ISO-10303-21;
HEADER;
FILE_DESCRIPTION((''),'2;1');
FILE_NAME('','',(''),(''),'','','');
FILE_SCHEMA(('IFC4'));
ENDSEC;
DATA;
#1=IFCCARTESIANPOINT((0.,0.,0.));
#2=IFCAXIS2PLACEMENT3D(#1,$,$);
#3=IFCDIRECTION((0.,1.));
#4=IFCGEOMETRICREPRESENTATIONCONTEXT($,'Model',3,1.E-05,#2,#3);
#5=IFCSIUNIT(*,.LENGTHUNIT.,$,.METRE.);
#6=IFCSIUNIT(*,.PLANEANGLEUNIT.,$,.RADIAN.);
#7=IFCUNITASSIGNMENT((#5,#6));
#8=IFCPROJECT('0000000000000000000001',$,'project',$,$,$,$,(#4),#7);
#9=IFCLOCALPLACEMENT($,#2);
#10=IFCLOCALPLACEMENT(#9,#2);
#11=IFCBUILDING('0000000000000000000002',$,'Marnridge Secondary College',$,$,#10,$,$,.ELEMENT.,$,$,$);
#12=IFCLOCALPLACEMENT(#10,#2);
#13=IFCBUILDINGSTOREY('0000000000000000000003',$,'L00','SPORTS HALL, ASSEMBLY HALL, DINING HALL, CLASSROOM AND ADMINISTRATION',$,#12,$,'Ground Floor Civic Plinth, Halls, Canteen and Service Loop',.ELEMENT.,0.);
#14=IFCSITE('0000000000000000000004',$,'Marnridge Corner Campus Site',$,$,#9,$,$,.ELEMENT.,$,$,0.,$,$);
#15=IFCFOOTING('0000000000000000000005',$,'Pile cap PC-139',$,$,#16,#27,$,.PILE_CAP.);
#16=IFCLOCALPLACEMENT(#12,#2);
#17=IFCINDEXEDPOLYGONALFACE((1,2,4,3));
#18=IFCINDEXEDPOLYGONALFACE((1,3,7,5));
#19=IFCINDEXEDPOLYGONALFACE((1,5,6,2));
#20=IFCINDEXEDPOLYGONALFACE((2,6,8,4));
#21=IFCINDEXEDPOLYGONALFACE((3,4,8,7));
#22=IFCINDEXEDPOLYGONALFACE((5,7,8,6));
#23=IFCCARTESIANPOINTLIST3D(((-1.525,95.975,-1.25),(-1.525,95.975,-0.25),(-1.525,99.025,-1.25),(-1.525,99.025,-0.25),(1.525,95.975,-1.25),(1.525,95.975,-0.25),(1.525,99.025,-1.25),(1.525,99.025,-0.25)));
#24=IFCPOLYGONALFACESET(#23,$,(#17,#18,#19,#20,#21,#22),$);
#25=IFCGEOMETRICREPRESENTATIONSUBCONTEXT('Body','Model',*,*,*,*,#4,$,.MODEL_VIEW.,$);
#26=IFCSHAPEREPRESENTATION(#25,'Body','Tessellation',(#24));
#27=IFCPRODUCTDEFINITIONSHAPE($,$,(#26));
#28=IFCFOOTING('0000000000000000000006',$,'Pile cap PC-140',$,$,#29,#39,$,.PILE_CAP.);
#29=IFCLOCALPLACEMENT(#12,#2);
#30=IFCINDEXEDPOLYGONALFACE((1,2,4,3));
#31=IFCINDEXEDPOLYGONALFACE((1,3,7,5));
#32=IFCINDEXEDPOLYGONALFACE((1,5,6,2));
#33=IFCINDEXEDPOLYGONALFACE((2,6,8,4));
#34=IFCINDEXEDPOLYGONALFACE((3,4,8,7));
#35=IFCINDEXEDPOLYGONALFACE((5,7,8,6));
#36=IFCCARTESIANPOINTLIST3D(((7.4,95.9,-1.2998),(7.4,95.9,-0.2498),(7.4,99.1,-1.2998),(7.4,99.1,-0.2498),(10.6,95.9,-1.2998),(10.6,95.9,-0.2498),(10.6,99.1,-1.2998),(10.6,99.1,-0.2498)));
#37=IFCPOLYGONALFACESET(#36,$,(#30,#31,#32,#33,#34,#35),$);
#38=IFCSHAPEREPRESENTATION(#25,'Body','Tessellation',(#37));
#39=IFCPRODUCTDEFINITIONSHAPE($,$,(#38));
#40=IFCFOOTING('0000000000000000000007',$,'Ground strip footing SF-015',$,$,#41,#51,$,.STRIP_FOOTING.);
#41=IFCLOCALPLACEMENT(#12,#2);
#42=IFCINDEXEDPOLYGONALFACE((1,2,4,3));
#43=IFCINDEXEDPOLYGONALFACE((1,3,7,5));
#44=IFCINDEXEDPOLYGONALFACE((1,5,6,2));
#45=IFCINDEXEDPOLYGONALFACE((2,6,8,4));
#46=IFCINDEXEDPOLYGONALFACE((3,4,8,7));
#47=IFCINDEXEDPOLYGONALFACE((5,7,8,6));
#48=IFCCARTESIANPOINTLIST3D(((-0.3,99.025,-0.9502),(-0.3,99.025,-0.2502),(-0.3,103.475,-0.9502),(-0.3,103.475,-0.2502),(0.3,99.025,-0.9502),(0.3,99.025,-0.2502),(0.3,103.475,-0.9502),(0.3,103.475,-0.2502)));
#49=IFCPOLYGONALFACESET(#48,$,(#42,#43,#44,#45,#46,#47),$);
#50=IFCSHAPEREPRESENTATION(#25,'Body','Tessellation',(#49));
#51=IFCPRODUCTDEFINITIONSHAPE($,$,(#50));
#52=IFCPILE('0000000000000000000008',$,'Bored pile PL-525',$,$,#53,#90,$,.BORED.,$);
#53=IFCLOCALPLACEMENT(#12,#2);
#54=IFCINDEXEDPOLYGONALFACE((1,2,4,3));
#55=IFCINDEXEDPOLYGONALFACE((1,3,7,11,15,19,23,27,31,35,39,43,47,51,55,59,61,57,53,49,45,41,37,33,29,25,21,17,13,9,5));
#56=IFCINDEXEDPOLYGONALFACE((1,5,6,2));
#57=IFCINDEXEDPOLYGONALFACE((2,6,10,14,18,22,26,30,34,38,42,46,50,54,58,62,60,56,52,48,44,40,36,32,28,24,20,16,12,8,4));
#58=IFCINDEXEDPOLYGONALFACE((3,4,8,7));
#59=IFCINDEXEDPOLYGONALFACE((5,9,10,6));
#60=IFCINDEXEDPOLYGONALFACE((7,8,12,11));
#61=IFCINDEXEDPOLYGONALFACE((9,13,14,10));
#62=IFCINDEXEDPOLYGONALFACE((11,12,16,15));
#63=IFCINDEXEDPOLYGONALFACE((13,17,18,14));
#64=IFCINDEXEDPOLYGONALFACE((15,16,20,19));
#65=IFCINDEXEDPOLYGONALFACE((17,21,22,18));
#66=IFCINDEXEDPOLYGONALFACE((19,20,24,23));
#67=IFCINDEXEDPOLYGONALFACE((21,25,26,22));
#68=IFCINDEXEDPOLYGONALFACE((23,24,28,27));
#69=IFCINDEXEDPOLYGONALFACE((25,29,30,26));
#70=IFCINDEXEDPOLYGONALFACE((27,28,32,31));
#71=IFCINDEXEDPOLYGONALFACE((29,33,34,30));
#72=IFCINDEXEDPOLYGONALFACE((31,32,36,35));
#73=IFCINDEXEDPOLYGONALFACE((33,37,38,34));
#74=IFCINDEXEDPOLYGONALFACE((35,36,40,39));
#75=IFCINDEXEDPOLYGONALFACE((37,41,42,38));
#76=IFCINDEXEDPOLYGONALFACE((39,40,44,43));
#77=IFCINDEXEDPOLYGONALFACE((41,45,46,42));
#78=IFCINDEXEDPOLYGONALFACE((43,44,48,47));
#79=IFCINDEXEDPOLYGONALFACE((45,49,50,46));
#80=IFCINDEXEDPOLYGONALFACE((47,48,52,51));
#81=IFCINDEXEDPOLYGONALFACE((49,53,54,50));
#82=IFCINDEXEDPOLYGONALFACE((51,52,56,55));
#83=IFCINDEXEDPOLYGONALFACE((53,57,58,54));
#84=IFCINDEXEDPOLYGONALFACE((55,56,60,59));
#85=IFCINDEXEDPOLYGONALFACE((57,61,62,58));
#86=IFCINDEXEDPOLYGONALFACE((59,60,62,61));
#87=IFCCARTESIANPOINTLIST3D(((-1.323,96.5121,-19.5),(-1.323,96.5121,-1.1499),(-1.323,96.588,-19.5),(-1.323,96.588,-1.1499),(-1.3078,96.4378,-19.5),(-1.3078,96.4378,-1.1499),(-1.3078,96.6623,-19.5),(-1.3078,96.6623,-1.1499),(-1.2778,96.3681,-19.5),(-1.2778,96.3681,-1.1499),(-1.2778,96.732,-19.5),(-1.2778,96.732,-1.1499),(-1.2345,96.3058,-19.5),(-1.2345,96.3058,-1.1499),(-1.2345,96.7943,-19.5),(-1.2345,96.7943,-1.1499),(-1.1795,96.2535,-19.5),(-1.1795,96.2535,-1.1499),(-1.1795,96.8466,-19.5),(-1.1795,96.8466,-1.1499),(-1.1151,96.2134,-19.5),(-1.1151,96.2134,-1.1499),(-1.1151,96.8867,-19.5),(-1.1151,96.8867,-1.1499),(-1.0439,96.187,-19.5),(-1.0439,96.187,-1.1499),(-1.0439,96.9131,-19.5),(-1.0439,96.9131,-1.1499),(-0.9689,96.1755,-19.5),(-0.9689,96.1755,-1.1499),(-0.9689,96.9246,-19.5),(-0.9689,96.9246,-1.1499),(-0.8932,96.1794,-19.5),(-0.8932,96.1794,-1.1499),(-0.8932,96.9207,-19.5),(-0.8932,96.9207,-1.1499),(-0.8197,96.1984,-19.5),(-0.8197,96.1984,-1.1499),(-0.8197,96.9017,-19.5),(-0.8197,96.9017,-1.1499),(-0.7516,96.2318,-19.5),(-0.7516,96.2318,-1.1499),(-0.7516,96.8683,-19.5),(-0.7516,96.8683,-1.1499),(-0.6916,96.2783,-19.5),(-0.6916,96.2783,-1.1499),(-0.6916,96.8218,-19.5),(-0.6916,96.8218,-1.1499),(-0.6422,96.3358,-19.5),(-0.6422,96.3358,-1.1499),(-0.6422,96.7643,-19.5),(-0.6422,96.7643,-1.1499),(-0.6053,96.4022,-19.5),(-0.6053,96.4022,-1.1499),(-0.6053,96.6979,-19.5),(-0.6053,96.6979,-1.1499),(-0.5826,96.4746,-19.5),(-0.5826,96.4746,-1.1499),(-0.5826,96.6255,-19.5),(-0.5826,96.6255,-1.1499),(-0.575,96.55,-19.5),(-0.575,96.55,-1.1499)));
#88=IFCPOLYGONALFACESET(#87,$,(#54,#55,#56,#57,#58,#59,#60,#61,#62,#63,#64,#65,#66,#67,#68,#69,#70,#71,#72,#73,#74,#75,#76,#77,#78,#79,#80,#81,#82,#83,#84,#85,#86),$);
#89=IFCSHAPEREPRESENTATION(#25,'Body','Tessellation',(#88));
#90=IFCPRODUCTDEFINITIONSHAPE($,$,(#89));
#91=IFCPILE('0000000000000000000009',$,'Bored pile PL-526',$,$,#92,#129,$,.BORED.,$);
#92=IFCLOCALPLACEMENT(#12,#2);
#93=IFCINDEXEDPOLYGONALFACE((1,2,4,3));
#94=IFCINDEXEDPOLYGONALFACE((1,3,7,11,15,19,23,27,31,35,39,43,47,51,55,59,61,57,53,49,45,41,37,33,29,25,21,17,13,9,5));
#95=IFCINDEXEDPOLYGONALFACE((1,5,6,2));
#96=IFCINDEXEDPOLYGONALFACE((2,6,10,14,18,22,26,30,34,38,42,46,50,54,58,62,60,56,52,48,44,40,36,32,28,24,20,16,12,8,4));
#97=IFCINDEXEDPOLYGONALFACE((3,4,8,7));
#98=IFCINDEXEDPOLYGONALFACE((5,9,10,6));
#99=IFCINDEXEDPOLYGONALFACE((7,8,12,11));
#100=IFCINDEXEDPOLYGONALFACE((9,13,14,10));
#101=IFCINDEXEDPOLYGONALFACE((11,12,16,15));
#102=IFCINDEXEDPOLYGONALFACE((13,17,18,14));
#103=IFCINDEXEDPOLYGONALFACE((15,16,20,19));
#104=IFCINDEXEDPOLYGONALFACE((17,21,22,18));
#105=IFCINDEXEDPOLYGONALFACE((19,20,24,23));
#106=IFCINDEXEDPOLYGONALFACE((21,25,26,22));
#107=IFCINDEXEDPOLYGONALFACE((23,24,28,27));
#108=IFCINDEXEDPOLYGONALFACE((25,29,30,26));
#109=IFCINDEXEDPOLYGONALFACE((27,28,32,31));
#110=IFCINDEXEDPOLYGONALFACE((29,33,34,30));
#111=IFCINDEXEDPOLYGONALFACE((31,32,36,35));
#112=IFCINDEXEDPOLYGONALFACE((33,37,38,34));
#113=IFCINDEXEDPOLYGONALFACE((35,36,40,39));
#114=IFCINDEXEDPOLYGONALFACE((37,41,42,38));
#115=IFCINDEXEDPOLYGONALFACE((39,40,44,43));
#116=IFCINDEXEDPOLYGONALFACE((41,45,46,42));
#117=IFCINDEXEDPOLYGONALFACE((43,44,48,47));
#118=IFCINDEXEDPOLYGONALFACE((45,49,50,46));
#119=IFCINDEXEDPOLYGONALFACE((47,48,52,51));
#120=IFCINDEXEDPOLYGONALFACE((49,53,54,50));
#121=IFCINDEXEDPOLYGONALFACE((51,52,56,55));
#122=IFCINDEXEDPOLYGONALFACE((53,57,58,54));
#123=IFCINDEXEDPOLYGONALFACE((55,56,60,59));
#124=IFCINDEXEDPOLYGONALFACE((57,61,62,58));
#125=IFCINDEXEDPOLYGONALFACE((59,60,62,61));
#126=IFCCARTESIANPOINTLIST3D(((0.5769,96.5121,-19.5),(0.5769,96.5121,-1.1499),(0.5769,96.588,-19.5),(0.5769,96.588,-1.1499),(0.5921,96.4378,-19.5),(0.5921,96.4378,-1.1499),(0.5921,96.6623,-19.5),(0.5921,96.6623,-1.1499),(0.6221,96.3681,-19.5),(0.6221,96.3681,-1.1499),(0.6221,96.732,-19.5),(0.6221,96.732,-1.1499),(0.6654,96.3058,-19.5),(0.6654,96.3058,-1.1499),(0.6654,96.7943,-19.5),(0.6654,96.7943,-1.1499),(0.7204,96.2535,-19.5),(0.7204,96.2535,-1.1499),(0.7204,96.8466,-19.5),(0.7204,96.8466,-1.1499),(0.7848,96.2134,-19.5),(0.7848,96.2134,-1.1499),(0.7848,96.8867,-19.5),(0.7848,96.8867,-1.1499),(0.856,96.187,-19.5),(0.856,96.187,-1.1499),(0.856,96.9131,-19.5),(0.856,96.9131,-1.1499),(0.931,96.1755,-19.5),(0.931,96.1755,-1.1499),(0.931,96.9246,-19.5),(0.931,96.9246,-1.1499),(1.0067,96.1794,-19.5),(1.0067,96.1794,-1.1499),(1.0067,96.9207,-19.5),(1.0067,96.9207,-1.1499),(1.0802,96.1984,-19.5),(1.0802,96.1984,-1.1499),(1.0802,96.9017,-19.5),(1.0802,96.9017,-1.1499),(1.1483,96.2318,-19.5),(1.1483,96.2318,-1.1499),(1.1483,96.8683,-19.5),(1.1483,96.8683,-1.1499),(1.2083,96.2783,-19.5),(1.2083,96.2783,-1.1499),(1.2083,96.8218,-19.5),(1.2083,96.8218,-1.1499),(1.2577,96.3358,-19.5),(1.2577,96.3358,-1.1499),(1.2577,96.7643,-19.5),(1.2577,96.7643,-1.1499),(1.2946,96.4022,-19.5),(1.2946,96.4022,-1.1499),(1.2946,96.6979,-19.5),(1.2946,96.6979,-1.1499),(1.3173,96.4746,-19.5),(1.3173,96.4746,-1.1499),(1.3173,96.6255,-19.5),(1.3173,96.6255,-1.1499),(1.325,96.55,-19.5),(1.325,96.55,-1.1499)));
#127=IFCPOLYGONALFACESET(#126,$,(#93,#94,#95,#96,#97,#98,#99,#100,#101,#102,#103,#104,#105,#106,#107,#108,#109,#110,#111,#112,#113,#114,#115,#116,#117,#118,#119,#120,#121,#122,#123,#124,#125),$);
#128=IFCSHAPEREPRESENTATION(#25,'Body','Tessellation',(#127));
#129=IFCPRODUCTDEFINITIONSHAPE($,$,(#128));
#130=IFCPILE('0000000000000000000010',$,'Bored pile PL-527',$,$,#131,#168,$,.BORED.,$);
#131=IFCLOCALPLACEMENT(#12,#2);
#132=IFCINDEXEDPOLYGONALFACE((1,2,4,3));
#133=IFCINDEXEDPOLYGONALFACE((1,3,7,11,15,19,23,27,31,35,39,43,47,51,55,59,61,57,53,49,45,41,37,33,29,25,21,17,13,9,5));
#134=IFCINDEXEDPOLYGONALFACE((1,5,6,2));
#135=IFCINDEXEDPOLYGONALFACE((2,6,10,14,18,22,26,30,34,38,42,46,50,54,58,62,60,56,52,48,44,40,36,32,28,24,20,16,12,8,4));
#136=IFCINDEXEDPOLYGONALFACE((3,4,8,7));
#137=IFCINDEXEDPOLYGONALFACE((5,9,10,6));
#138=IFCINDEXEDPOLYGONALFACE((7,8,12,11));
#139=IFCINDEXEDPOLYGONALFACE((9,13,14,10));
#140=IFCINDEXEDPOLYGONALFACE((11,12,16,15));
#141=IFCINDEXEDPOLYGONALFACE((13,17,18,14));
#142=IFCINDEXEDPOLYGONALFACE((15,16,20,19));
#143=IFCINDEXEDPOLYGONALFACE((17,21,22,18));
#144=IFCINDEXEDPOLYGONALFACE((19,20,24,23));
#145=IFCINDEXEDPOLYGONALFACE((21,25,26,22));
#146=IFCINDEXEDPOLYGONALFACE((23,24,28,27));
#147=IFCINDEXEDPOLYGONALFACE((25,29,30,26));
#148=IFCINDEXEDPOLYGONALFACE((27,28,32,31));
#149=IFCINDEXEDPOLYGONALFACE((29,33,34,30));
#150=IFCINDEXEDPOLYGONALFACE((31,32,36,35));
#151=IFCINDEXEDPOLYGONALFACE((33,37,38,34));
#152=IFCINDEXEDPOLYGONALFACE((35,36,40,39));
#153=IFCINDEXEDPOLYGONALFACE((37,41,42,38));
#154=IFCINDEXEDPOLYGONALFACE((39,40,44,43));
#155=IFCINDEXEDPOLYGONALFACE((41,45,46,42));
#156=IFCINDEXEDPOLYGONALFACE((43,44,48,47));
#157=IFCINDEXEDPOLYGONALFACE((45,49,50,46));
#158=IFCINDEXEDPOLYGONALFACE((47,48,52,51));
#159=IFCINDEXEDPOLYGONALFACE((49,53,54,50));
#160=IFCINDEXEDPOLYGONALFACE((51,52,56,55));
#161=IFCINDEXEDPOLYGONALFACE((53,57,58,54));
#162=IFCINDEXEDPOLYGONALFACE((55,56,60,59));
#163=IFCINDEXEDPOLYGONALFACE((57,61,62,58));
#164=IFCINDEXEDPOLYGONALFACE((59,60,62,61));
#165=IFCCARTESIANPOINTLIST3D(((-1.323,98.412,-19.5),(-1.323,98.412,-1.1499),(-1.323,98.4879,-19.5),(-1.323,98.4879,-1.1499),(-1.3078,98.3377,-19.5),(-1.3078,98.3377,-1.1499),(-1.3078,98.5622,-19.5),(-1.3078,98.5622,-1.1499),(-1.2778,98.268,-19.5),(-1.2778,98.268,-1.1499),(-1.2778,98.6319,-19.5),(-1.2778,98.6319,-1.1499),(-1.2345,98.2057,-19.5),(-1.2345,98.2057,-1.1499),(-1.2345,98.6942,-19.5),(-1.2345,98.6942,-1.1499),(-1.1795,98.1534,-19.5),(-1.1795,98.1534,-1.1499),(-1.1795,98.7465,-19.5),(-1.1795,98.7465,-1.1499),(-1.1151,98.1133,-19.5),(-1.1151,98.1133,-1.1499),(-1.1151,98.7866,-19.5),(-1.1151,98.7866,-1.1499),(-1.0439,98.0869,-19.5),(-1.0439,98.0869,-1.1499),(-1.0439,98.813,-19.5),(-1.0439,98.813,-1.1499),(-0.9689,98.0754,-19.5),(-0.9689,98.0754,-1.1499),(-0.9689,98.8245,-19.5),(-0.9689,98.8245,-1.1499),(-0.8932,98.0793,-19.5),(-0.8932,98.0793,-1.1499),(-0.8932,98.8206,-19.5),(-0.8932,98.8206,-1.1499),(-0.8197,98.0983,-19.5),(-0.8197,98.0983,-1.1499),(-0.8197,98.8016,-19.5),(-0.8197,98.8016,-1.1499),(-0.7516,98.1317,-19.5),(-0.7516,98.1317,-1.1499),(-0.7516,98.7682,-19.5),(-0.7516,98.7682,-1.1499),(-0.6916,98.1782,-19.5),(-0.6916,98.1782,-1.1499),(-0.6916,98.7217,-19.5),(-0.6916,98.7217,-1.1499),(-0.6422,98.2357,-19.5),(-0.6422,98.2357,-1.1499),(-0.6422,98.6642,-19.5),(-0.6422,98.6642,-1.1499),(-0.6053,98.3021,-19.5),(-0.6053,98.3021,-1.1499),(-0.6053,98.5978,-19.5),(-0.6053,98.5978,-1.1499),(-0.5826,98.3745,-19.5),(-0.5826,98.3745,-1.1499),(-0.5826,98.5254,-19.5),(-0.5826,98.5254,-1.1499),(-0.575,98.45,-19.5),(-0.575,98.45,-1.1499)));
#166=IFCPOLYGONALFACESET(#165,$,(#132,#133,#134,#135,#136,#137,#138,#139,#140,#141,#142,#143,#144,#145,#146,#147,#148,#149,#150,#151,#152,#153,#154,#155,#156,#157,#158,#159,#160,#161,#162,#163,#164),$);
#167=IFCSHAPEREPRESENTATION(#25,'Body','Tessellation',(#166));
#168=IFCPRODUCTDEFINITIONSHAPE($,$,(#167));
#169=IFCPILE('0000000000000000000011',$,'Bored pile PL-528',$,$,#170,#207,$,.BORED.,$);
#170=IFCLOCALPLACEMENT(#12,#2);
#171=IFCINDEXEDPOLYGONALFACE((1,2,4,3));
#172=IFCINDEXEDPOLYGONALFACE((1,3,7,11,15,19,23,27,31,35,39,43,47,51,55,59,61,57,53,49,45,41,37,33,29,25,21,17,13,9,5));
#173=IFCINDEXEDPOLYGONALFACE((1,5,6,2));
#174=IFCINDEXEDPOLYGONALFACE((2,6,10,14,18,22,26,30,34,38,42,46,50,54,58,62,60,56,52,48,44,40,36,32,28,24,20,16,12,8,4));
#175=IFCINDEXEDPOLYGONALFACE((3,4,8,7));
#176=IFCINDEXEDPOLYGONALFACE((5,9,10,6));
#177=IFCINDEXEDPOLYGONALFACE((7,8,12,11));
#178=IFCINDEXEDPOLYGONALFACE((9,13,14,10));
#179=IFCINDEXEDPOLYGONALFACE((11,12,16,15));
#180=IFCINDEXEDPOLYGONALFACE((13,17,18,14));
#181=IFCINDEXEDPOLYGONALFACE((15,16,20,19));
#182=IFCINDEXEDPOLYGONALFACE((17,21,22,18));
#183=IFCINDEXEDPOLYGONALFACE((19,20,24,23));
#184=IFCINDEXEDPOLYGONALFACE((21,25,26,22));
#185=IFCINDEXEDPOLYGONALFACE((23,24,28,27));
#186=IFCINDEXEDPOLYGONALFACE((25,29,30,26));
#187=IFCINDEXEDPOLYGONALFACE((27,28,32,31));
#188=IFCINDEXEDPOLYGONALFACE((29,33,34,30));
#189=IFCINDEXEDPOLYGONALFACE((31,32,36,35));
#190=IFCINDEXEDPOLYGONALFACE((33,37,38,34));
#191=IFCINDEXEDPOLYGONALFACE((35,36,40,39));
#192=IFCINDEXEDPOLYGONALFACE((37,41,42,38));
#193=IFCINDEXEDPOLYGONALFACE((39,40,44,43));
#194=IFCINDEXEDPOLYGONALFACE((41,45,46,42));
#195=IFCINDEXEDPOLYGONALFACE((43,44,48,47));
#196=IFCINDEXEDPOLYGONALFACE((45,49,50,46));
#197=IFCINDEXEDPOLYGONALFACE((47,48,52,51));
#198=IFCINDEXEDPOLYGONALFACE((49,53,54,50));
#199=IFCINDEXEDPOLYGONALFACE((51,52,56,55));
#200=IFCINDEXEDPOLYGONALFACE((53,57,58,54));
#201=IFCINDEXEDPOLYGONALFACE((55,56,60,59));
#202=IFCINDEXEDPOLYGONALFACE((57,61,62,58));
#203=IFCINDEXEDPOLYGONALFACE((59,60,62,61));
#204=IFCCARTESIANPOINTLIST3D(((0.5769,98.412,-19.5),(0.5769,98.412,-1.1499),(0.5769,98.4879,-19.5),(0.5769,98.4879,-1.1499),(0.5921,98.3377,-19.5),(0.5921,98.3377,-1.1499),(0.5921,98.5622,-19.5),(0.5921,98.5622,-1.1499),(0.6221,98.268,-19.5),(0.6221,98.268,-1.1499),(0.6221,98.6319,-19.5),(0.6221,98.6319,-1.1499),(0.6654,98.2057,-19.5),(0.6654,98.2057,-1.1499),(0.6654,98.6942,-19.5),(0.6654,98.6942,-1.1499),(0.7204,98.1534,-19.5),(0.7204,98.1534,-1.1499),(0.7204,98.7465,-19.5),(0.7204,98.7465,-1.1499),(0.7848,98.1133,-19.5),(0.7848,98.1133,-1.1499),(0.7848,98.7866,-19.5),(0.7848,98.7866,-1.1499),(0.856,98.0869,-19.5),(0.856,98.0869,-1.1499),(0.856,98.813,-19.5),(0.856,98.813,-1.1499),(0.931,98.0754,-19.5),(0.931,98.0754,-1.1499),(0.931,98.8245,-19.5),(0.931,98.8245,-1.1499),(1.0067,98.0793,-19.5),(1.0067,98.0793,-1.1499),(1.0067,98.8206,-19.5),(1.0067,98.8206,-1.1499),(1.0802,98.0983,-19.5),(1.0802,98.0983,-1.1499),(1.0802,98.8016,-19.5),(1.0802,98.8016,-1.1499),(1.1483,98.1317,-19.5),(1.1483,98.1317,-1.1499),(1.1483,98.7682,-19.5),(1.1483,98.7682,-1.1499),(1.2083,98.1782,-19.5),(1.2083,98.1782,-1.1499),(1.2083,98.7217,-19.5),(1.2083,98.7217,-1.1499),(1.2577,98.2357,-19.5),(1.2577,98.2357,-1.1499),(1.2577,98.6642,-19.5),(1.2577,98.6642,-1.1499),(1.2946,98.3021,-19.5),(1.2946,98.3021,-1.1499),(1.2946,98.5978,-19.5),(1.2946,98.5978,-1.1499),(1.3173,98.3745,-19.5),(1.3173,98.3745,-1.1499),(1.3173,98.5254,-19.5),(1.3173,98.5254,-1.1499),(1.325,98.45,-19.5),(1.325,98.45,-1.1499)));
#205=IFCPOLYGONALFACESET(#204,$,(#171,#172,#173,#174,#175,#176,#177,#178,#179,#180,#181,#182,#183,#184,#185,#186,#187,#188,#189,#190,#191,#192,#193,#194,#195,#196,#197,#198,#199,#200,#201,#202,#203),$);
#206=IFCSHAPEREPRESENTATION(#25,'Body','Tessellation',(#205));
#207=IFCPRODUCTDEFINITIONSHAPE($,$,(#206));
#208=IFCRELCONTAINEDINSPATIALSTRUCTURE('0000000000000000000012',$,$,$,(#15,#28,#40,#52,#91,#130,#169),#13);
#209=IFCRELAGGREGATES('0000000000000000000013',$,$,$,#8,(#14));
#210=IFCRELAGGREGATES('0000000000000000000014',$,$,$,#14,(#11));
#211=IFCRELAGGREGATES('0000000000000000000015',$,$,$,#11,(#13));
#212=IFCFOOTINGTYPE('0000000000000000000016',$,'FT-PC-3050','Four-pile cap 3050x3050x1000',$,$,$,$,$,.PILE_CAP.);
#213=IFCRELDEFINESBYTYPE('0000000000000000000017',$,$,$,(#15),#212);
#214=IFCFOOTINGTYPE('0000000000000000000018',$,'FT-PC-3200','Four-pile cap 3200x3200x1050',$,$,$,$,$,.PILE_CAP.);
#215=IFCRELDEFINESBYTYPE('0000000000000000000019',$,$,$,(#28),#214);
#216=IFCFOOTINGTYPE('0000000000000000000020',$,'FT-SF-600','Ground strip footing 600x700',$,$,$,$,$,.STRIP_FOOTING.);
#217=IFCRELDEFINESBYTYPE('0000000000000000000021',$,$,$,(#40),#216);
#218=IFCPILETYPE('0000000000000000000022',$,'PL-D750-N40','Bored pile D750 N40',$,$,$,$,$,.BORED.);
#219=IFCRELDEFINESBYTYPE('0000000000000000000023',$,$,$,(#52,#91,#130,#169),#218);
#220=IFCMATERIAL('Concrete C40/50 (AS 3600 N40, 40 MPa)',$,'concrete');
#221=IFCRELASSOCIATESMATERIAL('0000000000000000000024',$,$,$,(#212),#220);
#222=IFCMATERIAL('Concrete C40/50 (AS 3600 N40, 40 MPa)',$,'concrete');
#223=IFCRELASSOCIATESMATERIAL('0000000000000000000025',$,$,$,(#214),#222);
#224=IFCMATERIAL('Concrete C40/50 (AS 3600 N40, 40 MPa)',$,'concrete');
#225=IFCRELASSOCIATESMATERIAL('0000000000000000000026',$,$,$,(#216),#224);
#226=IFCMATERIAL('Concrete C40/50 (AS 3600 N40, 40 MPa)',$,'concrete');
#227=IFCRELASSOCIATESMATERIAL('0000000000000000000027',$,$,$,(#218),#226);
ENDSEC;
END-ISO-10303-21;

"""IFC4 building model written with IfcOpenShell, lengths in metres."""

from ifc_helpers import new_model, si_unit, direction, frame, origin, origin_2d, place, context, subcontext, project, spatial, rectangle, circle, extrude, material, material_profile, profile_set, type_object, element, save


model = new_model("IFC4")

# Units and contexts
model_context = context("Model", 3, precision=1e-05, world=origin(), true_north=direction((0.0, 1.0)))
body_context = subcontext(model_context, "Body", "Model", "MODEL_VIEW")
ifc_project = project(units=[si_unit("LENGTHUNIT", "METRE"), si_unit("PLANEANGLEUNIT", "RADIAN")], contexts=[model_context])

# Site, building, storey
site_placement = place(None, origin())
site = spatial("IfcSite", under=ifc_project, at=site_placement, Name="Marnridge Corner Campus Site", CompositionType="ELEMENT", RefElevation=0.0)
building_placement = place(site_placement, origin())
building = spatial("IfcBuilding", under=site, at=building_placement, Name="Marnridge Secondary College", CompositionType="ELEMENT")
storey_placement = place(building_placement, origin())
storey = spatial("IfcBuildingStorey", under=building, at=storey_placement, Name="L00", Description="SPORTS HALL, ASSEMBLY HALL, DINING HALL, CLASSROOM AND ADMINISTRATION", LongName="Ground Floor Civic Plinth, Halls, Canteen and Service Loop", CompositionType="ELEMENT", Elevation=0.0)

# Footings
ifc_material_1 = material(Name="Concrete C40/50 (AS 3600 N40, 40 MPa)", Category="concrete")
footing_type_1 = type_object("IfcFootingType", Name="FT-PC-3050", Description="Four-pile cap 3050x3050x1000", PredefinedType="PILE_CAP", material=ifc_material_1)
footing_1_placement = place(storey_placement, frame((0.0, 97.5, -1.25), z_axis=(0.0, 0.0, 1.0), x_axis=(1.0, 0.0, 0.0)))
element("IfcFooting", 1, at=footing_1_placement, inside=storey, type_object=footing_type_1, Name="Pile cap PC-139", PredefinedType="PILE_CAP", context=body_context, shape_type="SweptSolid", body=[
    extrude(rectangle(XDim=3.05, YDim=3.05, at=origin_2d()), origin(), (0.0, 0.0, 1.0), 1.0),
])
ifc_material_2 = material(Name="Concrete C40/50 (AS 3600 N40, 40 MPa)", Category="concrete")
footing_type_2 = type_object("IfcFootingType", Name="FT-PC-3200", Description="Four-pile cap 3200x3200x1050", PredefinedType="PILE_CAP", material=ifc_material_2)
footing_2_placement = place(storey_placement, frame((9.0, 97.5, -1.2998), z_axis=(0.0, 0.0, 1.0), x_axis=(1.0, 0.0, 0.0)))
element("IfcFooting", 2, at=footing_2_placement, inside=storey, type_object=footing_type_2, Name="Pile cap PC-140", PredefinedType="PILE_CAP", context=body_context, shape_type="SweptSolid", body=[
    extrude(rectangle(XDim=3.2, YDim=3.2, at=origin_2d()), origin(), (0.0, 0.0, 1.0), 1.05),
])
ifc_material_3 = material(Name="Concrete C40/50 (AS 3600 N40, 40 MPa)", Category="concrete")
footing_type_3 = type_object("IfcFootingType", Name="FT-SF-600", Description="Ground strip footing 600x700", PredefinedType="STRIP_FOOTING", material=ifc_material_3)
footing_3_placement = place(storey_placement, frame((0.0, 101.25, -0.9502), z_axis=(0.0, 0.0, 1.0), x_axis=(1.0, 0.0, 0.0)))
element("IfcFooting", 3, at=footing_3_placement, inside=storey, type_object=footing_type_3, Name="Ground strip footing SF-015", PredefinedType="STRIP_FOOTING", context=body_context, shape_type="SweptSolid", body=[
    extrude(rectangle(XDim=0.6001, YDim=4.45, at=origin_2d()), origin(), (0.0, 0.0, 1.0), 0.7),
])

# Piles
ifc_material_4 = material(Name="Concrete C40/50 (AS 3600 N40, 40 MPa)", Category="concrete")
ifc_material_profile_1 = material_profile(ifc_material_4, circle(Radius=0.375, at=origin_2d()), Name="PILE D750")
ifc_profile_set_1 = profile_set([ifc_material_profile_1], Name="Concrete C40/50 (AS 3600 N40, 40 MPa)")
pile_type = type_object("IfcPileType", Name="PL-D750-N40", Description="Bored pile D750 N40", PredefinedType="BORED", material=ifc_profile_set_1)
for number, where, z_axis, x_axis, name in (
    (4, (-0.95, 96.55, -1.1499), (0.0, 0.0, -1.0), (1.0, 0.0, 0.0), "Bored pile PL-525"),
    (5, (0.95, 96.55, -1.1499), (0.0, 0.0, -1.0), (1.0, 0.0, 0.0), "Bored pile PL-526"),
    (6, (-0.95, 98.45, -1.1499), (0.0, 0.0, -1.0), (1.0, 0.0, 0.0), "Bored pile PL-527"),
    (7, (0.95, 98.45, -1.1499), (0.0, 0.0, -1.0), (1.0, 0.0, 0.0), "Bored pile PL-528"),
):
    element("IfcPile", number, at=place(storey_placement, frame(where, z_axis=z_axis, x_axis=x_axis)), inside=storey, type_object=pile_type, Name=name, PredefinedType="BORED", context=body_context, shape_type="SweptSolid", body=[
        extrude(circle(Radius=0.375, at=origin_2d()), origin(), (0.0, 0.0, 1.0), 18.3501),
    ])

save(model, "model.ifc")
